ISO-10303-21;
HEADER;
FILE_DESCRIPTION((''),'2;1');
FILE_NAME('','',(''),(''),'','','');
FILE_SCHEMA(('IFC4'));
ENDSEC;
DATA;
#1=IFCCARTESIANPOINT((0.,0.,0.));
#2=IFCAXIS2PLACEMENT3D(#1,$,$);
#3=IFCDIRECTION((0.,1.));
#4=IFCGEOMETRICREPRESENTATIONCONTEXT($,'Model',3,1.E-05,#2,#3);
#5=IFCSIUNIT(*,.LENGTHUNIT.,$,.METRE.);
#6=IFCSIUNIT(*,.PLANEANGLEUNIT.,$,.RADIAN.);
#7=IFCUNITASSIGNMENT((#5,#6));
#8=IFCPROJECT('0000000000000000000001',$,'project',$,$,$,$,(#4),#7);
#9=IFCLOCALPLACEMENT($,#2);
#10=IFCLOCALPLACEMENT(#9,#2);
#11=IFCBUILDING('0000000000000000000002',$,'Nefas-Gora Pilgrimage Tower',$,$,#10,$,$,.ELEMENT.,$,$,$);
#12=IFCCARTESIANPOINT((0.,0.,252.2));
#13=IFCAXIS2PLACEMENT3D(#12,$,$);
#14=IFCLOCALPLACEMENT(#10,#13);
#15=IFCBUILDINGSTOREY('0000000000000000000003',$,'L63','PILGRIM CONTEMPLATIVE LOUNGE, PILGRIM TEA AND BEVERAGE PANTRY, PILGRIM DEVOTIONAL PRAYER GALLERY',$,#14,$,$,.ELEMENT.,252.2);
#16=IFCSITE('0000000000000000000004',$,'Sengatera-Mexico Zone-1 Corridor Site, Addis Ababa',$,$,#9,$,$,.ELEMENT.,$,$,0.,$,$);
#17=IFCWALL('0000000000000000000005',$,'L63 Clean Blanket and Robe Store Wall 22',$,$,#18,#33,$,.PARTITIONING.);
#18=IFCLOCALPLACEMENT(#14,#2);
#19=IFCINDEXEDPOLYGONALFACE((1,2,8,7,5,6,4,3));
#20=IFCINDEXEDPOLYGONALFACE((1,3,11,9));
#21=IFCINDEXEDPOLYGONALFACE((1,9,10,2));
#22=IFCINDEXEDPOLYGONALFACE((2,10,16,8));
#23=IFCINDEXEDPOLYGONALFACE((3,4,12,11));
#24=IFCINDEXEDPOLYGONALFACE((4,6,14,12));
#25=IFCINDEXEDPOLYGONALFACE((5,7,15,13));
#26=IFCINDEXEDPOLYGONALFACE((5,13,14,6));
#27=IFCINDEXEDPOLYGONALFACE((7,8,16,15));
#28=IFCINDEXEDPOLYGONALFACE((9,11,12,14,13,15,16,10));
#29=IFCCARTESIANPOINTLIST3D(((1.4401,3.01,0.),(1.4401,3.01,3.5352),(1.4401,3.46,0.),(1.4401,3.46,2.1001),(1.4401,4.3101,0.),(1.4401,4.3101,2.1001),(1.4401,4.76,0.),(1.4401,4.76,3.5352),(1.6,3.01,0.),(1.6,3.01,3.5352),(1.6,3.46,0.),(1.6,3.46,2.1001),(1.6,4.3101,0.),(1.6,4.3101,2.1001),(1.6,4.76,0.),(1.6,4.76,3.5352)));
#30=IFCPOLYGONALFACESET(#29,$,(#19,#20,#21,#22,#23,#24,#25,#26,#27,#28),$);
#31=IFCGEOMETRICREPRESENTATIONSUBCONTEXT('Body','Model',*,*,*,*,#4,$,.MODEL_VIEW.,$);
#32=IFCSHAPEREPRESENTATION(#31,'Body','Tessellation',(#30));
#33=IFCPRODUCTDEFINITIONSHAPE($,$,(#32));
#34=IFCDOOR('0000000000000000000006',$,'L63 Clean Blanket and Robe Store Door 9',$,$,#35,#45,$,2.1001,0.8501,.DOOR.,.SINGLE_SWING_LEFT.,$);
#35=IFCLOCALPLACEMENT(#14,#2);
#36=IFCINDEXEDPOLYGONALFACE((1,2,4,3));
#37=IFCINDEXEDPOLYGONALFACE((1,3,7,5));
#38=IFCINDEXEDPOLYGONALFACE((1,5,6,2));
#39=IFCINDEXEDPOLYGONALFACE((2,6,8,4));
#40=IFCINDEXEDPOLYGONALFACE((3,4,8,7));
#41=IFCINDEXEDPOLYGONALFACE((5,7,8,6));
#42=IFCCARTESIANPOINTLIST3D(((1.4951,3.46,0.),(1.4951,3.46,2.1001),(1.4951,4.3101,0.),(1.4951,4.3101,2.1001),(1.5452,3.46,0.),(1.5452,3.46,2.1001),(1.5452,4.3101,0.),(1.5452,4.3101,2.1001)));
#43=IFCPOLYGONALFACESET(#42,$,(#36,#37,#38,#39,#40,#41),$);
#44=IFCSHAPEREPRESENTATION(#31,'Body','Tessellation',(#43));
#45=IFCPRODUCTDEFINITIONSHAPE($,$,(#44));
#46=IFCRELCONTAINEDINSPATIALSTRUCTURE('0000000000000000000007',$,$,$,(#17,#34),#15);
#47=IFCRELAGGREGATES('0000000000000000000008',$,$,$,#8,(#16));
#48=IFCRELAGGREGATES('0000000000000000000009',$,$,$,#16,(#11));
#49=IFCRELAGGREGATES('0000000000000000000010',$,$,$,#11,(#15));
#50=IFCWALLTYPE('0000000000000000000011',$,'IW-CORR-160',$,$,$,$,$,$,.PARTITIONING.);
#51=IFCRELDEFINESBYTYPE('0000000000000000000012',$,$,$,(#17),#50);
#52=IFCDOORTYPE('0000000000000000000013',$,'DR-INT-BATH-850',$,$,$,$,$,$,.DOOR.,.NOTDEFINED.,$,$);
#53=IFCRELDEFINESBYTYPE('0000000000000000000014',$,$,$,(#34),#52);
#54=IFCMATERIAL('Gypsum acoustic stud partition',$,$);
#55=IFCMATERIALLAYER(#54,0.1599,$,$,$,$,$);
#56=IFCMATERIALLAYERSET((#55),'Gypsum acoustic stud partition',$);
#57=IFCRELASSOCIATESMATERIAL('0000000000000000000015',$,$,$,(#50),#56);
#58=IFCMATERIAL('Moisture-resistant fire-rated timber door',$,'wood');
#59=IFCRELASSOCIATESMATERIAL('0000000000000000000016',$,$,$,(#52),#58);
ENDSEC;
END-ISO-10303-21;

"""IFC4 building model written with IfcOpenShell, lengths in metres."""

from ifc_helpers import new_model, si_unit, direction, frame, frame_2d, origin, place, context, subcontext, project, spatial, rectangle, extrude, source, transform, mapped, material, layer, layer_set, type_object, element, fill, save


model = new_model("IFC4")

# Units and contexts
model_context = context("Model", 3, precision=1e-05, world=origin(), true_north=direction((0.0, 1.0)))
body_context = subcontext(model_context, "Body", "Model", "MODEL_VIEW")
ifc_project = project(units=[si_unit("LENGTHUNIT", "METRE"), si_unit("PLANEANGLEUNIT", "RADIAN")], contexts=[model_context])

# Site, building, storey
site_placement = place(None, origin())
site = spatial("IfcSite", under=ifc_project, at=site_placement, Name="Sengatera-Mexico Zone-1 Corridor Site, Addis Ababa", CompositionType="ELEMENT", RefElevation=0.0)
building_placement = place(site_placement, origin())
building = spatial("IfcBuilding", under=site, at=building_placement, Name="Nefas-Gora Pilgrimage Tower", CompositionType="ELEMENT")
storey_placement = place(building_placement, frame((0.0, 0.0, 252.2)))
storey = spatial("IfcBuildingStorey", under=building, at=storey_placement, Name="L63", Description="PILGRIM CONTEMPLATIVE LOUNGE, PILGRIM TEA AND BEVERAGE PANTRY, PILGRIM DEVOTIONAL PRAYER GALLERY", CompositionType="ELEMENT", Elevation=252.2)

# Shared definitions
ifc_material_1 = material(Name="Gypsum acoustic stud partition")
ifc_layer_1 = layer(ifc_material_1, 0.1599)
ifc_layer_set_1 = layer_set([ifc_layer_1], Name="Gypsum acoustic stud partition")
wall_type_1 = type_object("IfcWallType", Name="IW-CORR-160", PredefinedType="PARTITIONING", material=ifc_layer_set_1)

# Wall, opening, door
shared_shape_1 = source(origin(), body_context, "Body", "SweptSolid", [
    extrude(rectangle(XDim=1.75, YDim=0.1599, at=frame_2d((0.875, 0.0))), origin(), (0.0, 0.0, 1.0), 3.5352),
])
wall_1_placement = place(storey_placement, frame((1.52, 3.01, 0.0), z_axis=(0.0, 0.0, 1.0), x_axis=(0.0, 1.0, 0.0)))
wall_1 = element("IfcWall", 1, at=wall_1_placement, inside=storey, type_object=wall_type_1, Name="L63 Clean Blanket and Robe Store Wall 22", PredefinedType="PARTITIONING", context=body_context, shape_type="MappedRepresentation", body=[
    mapped(shared_shape_1, transform((0.0, 0.0, 0.0), x_axis=(1.0, 0.0, 0.0), y_axis=(0.0, 1.0, 0.0), z_axis=(0.0, 0.0, 1.0), scale=1.0)),
])
opening_1_placement = place(wall_1_placement, frame((0.45, 0.0, 0.0)))
opening_1 = element("IfcOpeningElement", 2, at=opening_1_placement, cuts=wall_1, PredefinedType="OPENING", context=body_context, shape_type="SweptSolid", body=[
    extrude(rectangle(XDim=0.8501, YDim=2.1001, at=frame_2d((0.425, 1.05))), frame((0.0, 0.0898, 0.0), z_axis=(0.0, -1.0, 0.0), x_axis=(1.0, 0.0, 0.0)), (0.0, 0.0, 1.0), 0.1799),
])
ifc_material_2 = material(Name="Moisture-resistant fire-rated timber door", Category="wood")
door_type_1 = type_object("IfcDoorType", Name="DR-INT-BATH-850", OperationType="NOTDEFINED", PredefinedType="DOOR", material=ifc_material_2)
shared_shape_2 = source(origin(), body_context, "Body", "SweptSolid", [
    extrude(rectangle(XDim=0.8501, YDim=2.1001, at=frame_2d((0.425, 1.05))), frame((0.0, 0.0249, 0.0), z_axis=(0.0, -1.0, 0.0), x_axis=(1.0, 0.0, 0.0)), (0.0, 0.0, 1.0), 0.05),
])
door_1_placement = place(opening_1_placement, origin())
door_1 = element("IfcDoor", 3, at=door_1_placement, inside=storey, type_object=door_type_1, Name="L63 Clean Blanket and Robe Store Door 9", OperationType="SINGLE_SWING_LEFT", OverallHeight=2.1001, OverallWidth=0.8501, PredefinedType="DOOR", context=body_context, shape_type="MappedRepresentation", body=[
    mapped(shared_shape_2, transform((0.0, 0.0, 0.0), x_axis=(1.0, 0.0, 0.0), y_axis=(0.0, 1.0, 0.0), z_axis=(0.0, 0.0, 1.0), scale=1.0)),
])
fill(opening_1, door_1)

save(model, "model.ifc")
